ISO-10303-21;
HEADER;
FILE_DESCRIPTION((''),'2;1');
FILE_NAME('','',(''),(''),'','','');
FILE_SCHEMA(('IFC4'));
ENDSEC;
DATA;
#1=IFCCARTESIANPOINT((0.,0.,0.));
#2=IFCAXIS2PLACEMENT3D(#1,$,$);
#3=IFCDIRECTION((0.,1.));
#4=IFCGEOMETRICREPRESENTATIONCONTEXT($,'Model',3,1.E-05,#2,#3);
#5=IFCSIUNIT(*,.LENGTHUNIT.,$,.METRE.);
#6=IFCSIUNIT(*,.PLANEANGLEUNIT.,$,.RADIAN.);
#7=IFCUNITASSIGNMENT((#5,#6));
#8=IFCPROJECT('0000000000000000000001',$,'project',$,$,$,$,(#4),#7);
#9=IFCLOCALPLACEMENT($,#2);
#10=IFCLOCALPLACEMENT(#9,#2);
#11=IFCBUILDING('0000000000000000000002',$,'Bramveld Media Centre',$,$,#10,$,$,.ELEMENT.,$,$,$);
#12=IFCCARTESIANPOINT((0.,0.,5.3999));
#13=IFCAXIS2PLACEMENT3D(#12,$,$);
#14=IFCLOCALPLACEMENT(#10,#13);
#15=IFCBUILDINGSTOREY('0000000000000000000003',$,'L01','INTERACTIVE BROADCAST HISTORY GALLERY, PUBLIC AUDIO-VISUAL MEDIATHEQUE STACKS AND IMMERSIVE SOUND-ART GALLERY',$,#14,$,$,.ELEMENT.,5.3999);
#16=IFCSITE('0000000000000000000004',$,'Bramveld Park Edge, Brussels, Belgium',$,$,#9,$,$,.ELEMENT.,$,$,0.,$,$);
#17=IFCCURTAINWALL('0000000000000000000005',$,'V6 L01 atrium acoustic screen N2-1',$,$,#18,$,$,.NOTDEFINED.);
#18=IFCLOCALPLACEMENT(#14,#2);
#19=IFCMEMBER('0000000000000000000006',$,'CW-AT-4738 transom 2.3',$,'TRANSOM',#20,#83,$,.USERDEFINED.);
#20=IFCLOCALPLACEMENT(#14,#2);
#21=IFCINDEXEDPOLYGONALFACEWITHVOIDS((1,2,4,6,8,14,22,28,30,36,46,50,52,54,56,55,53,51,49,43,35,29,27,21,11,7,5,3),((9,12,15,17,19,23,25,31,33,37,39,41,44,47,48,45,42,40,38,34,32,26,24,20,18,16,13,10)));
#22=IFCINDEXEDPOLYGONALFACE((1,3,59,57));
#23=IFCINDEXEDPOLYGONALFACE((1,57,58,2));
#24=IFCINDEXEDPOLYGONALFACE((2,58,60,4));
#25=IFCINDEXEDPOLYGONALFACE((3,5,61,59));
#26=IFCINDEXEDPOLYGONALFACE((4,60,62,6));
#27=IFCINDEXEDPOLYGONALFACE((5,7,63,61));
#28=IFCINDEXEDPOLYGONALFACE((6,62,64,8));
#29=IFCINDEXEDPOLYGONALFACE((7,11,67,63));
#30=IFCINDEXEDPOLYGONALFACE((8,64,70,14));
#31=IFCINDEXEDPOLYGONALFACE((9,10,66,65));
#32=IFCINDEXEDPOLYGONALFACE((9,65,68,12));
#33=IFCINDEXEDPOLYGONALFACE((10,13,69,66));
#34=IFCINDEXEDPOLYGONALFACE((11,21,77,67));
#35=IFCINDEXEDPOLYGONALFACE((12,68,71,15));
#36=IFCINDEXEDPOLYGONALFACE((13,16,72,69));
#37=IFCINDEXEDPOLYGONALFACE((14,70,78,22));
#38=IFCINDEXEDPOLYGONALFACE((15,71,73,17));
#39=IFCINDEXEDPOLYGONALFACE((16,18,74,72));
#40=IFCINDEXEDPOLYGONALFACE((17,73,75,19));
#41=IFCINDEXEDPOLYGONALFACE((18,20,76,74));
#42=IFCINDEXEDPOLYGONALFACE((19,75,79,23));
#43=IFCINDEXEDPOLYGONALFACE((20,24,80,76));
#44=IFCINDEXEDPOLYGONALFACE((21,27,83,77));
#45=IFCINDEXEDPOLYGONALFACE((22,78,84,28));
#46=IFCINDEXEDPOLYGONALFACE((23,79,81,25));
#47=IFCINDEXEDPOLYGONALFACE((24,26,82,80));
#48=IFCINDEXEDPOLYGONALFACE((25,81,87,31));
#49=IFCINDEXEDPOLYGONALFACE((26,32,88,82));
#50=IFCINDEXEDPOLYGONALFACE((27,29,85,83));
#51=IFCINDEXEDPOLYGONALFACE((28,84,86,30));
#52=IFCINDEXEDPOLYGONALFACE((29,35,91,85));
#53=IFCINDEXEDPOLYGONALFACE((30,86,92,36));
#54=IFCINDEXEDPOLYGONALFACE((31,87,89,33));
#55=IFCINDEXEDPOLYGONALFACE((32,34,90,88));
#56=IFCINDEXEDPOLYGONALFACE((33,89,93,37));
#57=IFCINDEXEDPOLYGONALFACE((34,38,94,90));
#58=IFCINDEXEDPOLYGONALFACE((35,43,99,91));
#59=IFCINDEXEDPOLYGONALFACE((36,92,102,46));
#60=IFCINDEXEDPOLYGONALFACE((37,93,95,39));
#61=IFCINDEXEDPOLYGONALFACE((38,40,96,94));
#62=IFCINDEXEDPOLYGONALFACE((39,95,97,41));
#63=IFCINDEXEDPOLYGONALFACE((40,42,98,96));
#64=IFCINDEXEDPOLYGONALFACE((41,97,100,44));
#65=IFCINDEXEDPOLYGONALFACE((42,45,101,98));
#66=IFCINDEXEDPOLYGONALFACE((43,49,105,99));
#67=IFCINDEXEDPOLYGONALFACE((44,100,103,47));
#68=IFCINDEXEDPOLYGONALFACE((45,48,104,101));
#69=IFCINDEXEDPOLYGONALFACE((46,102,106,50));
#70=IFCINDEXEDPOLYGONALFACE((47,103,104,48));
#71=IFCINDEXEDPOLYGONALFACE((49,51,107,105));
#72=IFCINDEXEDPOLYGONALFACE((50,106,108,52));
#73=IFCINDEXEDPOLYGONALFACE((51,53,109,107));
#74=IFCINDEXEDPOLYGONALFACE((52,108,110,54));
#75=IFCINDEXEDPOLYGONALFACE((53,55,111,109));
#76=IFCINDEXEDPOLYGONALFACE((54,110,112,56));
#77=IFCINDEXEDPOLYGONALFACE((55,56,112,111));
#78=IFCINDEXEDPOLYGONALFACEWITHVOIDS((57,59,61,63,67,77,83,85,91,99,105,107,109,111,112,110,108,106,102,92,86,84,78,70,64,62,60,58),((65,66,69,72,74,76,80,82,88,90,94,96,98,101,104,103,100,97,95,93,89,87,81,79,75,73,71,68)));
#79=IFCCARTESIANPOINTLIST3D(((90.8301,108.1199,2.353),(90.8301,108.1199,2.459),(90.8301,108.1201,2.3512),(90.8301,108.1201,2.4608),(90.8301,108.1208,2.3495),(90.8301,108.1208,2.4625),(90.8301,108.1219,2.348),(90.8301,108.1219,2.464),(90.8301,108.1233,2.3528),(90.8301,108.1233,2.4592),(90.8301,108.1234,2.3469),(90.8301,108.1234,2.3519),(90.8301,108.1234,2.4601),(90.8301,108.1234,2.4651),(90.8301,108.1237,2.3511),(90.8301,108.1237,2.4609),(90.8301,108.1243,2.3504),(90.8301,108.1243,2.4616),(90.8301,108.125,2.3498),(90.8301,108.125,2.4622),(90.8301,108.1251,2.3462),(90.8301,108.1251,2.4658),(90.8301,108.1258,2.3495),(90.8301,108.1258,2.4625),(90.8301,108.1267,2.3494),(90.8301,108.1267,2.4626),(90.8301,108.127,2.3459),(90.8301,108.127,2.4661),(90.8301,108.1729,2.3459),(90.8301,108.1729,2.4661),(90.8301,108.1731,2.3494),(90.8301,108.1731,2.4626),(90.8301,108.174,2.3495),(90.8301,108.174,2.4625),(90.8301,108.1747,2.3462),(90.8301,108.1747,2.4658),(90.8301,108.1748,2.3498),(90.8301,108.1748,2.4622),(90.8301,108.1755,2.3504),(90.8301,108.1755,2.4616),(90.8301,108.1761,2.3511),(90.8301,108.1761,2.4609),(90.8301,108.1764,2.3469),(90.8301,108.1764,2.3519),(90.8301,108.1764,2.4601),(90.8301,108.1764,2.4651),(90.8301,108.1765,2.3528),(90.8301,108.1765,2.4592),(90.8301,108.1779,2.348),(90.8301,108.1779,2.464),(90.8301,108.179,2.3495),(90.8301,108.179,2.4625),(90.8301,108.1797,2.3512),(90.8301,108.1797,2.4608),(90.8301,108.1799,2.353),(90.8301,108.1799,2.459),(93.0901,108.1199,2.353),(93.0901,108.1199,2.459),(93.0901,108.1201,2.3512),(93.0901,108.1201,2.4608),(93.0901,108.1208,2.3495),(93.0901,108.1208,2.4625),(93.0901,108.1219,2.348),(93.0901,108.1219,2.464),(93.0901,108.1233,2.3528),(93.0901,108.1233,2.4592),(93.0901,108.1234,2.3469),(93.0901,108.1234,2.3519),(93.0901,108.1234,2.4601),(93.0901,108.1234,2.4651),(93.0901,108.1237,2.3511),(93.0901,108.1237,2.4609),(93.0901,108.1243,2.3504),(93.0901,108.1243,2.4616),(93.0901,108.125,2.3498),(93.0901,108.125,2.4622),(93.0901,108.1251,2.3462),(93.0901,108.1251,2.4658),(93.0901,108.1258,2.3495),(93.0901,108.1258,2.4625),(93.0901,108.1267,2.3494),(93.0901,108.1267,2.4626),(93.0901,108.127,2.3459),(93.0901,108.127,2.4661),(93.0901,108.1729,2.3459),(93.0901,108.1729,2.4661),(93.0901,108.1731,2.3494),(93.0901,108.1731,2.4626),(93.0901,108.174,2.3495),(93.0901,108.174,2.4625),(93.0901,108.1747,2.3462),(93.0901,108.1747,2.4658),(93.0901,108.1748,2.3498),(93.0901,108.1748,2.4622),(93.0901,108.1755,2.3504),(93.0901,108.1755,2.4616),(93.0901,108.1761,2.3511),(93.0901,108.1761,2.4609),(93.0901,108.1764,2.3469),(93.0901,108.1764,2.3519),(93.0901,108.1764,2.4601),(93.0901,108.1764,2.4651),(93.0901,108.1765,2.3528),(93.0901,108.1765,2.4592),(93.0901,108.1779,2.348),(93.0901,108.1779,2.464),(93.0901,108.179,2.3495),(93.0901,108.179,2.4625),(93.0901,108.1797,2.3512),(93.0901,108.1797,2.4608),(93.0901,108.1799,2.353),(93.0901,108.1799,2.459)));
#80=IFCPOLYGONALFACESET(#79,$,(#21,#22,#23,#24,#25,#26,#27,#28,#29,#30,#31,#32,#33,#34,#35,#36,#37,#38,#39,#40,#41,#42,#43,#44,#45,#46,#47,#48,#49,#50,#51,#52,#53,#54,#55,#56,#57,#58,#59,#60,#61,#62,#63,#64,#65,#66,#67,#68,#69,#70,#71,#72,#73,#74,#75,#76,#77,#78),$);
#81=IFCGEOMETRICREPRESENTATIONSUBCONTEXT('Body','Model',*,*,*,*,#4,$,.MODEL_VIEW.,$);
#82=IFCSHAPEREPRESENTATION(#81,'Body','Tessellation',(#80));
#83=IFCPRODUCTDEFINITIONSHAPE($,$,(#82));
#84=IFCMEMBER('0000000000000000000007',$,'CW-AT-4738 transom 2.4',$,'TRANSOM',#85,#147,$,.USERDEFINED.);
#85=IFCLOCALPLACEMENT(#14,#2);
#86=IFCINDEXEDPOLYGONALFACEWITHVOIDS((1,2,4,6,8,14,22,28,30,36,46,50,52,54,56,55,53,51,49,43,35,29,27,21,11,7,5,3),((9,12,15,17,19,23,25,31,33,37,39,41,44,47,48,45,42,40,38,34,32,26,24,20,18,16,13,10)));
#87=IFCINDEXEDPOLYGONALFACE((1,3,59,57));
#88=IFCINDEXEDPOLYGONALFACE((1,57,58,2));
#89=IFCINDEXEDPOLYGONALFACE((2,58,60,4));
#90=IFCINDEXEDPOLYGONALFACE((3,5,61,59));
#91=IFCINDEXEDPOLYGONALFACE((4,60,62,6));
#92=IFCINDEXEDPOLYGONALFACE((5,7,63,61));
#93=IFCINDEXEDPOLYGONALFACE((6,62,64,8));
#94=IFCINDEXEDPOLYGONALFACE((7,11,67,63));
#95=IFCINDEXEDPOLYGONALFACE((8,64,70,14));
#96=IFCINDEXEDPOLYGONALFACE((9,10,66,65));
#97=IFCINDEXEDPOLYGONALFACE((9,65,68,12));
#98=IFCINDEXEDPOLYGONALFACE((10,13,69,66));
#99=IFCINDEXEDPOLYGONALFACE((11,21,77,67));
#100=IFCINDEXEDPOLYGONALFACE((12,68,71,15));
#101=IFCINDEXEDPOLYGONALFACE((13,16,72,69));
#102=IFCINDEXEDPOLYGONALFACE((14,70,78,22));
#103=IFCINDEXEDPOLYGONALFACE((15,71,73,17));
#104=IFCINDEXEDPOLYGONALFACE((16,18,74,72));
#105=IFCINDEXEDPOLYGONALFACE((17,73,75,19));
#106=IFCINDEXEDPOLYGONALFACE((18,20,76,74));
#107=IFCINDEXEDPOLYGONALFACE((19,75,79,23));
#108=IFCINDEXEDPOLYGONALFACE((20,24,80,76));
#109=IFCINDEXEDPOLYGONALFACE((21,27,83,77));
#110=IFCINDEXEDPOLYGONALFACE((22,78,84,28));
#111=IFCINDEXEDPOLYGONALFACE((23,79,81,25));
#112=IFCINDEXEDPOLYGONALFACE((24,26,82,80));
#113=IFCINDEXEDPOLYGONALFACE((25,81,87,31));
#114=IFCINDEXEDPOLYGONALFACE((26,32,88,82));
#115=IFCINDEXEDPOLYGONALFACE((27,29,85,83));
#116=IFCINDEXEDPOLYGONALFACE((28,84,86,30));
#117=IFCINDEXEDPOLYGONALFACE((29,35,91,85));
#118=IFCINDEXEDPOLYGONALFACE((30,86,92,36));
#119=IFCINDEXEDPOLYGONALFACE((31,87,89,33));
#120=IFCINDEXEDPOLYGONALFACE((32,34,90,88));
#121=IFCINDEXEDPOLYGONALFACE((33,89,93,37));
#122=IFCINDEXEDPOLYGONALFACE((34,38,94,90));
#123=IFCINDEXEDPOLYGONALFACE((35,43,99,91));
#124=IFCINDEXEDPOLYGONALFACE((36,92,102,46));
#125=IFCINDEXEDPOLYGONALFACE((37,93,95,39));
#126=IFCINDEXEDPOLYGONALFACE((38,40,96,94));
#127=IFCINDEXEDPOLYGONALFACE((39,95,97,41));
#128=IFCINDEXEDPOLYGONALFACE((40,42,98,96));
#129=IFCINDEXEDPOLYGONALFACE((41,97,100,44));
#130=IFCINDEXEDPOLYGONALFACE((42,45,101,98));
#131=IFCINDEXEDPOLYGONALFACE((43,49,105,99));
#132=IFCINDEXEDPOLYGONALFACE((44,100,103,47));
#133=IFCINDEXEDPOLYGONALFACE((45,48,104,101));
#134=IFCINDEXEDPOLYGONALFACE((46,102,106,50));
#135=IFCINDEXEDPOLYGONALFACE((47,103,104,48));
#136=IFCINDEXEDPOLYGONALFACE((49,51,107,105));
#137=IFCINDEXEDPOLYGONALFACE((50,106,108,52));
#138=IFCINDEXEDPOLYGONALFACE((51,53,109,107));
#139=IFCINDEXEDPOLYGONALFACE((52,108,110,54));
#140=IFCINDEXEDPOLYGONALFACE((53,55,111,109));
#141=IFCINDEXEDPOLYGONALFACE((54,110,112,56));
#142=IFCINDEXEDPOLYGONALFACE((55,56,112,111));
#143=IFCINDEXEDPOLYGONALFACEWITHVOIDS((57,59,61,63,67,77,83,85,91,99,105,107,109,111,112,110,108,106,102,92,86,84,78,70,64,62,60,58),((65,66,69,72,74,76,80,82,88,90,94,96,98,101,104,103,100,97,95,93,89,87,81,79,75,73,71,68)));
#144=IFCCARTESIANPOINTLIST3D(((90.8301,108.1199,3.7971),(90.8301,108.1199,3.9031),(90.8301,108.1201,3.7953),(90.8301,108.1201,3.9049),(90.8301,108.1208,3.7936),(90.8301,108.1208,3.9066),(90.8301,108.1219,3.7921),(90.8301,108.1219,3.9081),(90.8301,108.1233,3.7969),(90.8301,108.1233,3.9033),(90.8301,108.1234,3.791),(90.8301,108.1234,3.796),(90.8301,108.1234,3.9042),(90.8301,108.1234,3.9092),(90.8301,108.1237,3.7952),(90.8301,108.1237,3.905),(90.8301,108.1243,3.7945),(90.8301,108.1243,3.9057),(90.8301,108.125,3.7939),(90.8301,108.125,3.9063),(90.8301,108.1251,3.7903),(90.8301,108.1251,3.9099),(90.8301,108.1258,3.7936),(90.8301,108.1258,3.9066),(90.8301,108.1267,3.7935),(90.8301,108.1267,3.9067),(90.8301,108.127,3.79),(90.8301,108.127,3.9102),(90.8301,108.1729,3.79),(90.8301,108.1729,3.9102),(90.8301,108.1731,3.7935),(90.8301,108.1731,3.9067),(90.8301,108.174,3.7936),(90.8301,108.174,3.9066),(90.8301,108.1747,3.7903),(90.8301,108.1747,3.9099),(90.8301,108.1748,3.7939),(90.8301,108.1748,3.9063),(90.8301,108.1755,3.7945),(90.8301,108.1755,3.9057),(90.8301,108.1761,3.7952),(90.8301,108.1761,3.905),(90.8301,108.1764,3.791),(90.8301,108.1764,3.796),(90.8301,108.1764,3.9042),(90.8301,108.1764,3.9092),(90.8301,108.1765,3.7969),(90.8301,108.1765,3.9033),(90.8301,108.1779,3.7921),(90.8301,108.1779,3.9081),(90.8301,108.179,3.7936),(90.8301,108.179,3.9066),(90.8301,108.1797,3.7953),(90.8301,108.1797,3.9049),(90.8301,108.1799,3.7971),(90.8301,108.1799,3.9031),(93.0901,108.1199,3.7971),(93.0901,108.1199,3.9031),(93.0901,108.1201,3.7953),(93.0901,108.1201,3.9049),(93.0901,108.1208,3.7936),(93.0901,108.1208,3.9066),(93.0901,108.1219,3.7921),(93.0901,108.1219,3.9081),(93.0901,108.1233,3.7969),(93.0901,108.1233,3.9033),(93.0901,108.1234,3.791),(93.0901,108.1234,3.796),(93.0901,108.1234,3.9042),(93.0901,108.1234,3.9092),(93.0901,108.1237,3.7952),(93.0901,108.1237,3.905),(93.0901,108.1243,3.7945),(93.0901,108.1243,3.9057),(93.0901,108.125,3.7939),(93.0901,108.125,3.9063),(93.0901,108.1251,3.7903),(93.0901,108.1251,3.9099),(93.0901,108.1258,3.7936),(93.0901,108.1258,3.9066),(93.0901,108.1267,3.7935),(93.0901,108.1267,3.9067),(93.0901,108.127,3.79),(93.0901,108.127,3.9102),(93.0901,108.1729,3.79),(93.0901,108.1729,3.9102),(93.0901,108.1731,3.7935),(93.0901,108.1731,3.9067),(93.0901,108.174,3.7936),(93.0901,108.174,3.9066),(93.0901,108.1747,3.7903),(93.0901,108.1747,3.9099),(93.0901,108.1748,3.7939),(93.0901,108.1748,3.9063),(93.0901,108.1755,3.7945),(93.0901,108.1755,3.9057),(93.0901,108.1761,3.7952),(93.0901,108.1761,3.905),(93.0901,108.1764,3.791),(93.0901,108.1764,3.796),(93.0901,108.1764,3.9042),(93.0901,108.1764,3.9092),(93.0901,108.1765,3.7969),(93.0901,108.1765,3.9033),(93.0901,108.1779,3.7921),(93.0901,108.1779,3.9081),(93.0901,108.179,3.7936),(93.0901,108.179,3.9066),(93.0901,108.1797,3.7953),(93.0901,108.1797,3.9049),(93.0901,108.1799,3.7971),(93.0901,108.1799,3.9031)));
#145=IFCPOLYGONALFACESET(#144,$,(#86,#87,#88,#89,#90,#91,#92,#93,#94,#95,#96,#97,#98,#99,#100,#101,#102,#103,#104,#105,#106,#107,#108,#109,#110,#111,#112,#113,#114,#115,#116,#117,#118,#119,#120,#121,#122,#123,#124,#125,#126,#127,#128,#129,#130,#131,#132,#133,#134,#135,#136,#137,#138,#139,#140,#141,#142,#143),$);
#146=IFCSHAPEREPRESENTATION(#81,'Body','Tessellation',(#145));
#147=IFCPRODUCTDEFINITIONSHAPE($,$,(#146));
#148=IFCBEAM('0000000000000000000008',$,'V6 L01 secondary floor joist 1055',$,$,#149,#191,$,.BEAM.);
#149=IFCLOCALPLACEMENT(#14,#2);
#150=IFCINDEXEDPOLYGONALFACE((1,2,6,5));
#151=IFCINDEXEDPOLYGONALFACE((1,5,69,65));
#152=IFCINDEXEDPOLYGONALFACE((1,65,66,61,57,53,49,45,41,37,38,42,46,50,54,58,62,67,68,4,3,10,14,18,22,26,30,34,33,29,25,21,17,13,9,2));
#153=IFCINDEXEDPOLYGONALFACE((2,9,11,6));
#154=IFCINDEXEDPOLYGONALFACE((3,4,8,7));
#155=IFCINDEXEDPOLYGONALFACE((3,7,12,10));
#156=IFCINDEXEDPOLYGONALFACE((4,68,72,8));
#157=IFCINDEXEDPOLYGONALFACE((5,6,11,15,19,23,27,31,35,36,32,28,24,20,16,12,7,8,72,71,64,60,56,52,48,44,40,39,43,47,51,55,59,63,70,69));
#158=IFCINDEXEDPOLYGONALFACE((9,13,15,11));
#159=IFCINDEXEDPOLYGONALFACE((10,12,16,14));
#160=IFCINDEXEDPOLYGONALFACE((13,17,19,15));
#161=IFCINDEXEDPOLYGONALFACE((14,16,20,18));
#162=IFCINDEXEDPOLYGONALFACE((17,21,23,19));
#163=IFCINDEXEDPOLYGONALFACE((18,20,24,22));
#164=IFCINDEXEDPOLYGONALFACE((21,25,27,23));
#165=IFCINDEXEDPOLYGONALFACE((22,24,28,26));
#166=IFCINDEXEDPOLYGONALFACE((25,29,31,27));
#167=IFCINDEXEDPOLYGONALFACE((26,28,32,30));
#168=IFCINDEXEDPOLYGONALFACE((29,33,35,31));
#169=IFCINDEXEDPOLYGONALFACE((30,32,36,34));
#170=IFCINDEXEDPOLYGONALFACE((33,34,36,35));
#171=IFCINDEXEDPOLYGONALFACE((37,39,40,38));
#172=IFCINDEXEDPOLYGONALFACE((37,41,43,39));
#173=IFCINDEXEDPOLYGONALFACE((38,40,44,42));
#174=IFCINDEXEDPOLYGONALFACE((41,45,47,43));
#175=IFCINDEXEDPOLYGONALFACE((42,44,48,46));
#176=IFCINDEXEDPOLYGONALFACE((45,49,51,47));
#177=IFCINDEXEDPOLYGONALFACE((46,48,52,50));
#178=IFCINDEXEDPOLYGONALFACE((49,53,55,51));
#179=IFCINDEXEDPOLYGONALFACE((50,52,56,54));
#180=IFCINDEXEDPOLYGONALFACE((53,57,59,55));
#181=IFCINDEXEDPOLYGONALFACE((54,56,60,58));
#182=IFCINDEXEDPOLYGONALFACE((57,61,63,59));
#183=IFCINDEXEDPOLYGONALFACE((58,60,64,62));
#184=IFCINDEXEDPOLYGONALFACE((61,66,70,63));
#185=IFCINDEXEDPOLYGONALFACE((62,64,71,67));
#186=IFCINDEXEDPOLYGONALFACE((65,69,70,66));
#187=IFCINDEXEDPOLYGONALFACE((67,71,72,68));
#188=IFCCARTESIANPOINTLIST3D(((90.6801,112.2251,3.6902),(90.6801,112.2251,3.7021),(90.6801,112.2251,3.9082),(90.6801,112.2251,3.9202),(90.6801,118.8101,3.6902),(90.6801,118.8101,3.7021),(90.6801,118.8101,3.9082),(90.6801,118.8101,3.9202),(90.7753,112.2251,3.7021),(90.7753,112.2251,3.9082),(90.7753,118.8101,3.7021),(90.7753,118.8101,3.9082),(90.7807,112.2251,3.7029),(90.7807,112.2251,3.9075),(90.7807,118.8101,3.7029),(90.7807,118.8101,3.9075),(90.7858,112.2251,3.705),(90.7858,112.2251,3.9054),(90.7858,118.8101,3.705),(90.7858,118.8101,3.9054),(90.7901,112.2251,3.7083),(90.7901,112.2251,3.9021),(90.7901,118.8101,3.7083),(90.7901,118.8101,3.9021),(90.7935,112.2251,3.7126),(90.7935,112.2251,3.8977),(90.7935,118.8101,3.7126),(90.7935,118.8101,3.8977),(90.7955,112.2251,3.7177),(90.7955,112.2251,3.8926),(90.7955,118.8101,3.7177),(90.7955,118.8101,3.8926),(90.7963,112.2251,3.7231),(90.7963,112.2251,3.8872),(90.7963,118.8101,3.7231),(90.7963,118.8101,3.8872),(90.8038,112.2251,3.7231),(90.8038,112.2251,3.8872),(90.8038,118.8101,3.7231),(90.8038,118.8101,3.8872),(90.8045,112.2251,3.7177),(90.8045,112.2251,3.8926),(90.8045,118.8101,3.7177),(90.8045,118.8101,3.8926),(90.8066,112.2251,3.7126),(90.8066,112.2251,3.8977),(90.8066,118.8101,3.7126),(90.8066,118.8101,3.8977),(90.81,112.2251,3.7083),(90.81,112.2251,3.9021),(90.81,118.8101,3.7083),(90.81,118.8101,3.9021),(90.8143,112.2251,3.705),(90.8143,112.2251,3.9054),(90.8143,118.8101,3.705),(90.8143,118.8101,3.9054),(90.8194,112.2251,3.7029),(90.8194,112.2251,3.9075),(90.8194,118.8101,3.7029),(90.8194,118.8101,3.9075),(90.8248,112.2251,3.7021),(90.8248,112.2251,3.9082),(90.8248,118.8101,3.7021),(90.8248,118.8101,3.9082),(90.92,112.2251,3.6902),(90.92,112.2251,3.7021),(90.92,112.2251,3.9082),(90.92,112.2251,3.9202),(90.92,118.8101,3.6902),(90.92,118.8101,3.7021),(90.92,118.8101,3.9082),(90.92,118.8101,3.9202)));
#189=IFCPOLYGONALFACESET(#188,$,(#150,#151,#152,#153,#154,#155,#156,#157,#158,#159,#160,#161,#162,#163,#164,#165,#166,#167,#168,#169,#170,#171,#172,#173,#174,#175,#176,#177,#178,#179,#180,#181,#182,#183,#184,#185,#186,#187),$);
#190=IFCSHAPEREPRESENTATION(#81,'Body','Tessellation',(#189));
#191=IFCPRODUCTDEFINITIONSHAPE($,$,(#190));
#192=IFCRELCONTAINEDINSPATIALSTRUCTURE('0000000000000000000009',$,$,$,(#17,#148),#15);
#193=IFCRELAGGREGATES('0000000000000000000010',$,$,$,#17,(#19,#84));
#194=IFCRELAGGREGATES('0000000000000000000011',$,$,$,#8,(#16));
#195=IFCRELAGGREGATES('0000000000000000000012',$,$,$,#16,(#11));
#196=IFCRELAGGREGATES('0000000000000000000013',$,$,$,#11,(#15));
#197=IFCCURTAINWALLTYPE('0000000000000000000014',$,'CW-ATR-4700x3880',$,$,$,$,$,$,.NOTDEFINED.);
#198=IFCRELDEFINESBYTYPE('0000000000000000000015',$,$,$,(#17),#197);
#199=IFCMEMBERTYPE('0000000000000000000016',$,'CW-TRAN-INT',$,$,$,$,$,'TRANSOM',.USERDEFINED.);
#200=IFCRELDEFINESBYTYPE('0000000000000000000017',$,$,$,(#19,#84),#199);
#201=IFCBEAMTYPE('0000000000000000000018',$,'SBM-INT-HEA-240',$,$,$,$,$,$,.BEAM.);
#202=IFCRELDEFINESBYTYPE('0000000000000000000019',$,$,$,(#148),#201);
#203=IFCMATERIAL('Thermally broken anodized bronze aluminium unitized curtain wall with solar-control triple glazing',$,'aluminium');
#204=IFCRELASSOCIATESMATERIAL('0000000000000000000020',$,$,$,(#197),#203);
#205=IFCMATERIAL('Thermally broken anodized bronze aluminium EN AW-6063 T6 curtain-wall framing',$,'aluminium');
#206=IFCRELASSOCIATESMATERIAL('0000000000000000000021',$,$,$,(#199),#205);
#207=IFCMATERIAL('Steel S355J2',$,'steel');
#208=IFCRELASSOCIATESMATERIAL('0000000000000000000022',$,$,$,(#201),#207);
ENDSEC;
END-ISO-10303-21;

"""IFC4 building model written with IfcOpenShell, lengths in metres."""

from ifc_helpers import new_model, si_unit, direction, frame, origin, origin_2d, place, context, subcontext, project, spatial, hollow_rectangle, i_section, extrude, material, material_profile, profile_set, type_object, element, aggregate, save


model = new_model("IFC4")

# Units and contexts
model_context = context("Model", 3, precision=1e-05, world=origin(), true_north=direction((0.0, 1.0)))
body_context = subcontext(model_context, "Body", "Model", "MODEL_VIEW")
ifc_project = project(units=[si_unit("LENGTHUNIT", "METRE"), si_unit("PLANEANGLEUNIT", "RADIAN")], contexts=[model_context])

# Site, building, storey
site_placement = place(None, origin())
site = spatial("IfcSite", under=ifc_project, at=site_placement, Name="Bramveld Park Edge, Brussels, Belgium", CompositionType="ELEMENT", RefElevation=0.0)
building_placement = place(site_placement, origin())
building = spatial("IfcBuilding", under=site, at=building_placement, Name="Bramveld Media Centre", CompositionType="ELEMENT")
storey_placement = place(building_placement, frame((0.0, 0.0, 5.3999)))
storey = spatial("IfcBuildingStorey", under=building, at=storey_placement, Name="L01", Description="INTERACTIVE BROADCAST HISTORY GALLERY, PUBLIC AUDIO-VISUAL MEDIATHEQUE STACKS AND IMMERSIVE SOUND-ART GALLERY", CompositionType="ELEMENT", Elevation=5.3999)

# Curtain wall, members
ifc_material_1 = material(Name="Thermally broken anodized bronze aluminium unitized curtain wall with solar-control triple glazing", Category="aluminium")
curtain_wall_type = type_object("IfcCurtainWallType", Name="CW-ATR-4700x3880", PredefinedType="NOTDEFINED", material=ifc_material_1)
curtain_wall_placement = place(storey_placement, origin())
curtain_wall = element("IfcCurtainWall", 1, at=curtain_wall_placement, inside=storey, type_object=curtain_wall_type, Name="V6 L01 atrium acoustic screen N2-1", PredefinedType="NOTDEFINED")
ifc_material_2 = material(Name="Thermally broken anodized bronze aluminium EN AW-6063 T6 curtain-wall framing", Category="aluminium")
ifc_material_profile_1 = material_profile(ifc_material_2, hollow_rectangle(XDim=0.0601, YDim=0.1201, WallThickness=0.0034, InnerFilletRadius=0.0034, OuterFilletRadius=0.0071, at=origin_2d()), Name="AL-TRAN 60x120")
ifc_profile_set_1 = profile_set([ifc_material_profile_1], Name="Thermally broken anodized bronze aluminium EN AW-6063 T6 curtain-wall framing")
member_type_1 = type_object("IfcMemberType", Name="CW-TRAN-INT", ElementType="TRANSOM", PredefinedType="USERDEFINED", material=ifc_profile_set_1)
member_1_placement = place(storey_placement, frame((90.8301, 108.1499, 2.406), z_axis=(1.0, 0.0, 0.0), x_axis=(0.0, 1.0, 0.0)))
member_1 = element("IfcMember", 2, at=member_1_placement, type_object=member_type_1, Name="CW-AT-4738 transom 2.3", ObjectType="TRANSOM", PredefinedType="USERDEFINED", context=body_context, shape_type="SweptSolid", body=[
    extrude(hollow_rectangle(XDim=0.0601, YDim=0.1201, WallThickness=0.0034, InnerFilletRadius=0.0034, OuterFilletRadius=0.0071, at=origin_2d()), origin(), (0.0, 0.0, 1.0), 2.26),
])
member_2_placement = place(storey_placement, frame((90.8301, 108.1499, 3.8501), z_axis=(1.0, 0.0, 0.0), x_axis=(0.0, 1.0, 0.0)))
member_2 = element("IfcMember", 3, at=member_2_placement, type_object=member_type_1, Name="CW-AT-4738 transom 2.4", ObjectType="TRANSOM", PredefinedType="USERDEFINED", context=body_context, shape_type="SweptSolid", body=[
    extrude(hollow_rectangle(XDim=0.0601, YDim=0.1201, WallThickness=0.0034, InnerFilletRadius=0.0034, OuterFilletRadius=0.0071, at=origin_2d()), origin(), (0.0, 0.0, 1.0), 2.26),
])

# Beam
ifc_material_3 = material(Name="Steel S355J2", Category="steel")
ifc_material_profile_2 = material_profile(ifc_material_3, i_section(OverallWidth=0.24, OverallDepth=0.23, WebThickness=0.0076, FlangeThickness=0.012, FilletRadius=0.021, at=origin_2d()), Name="HEA 240")
ifc_profile_set_2 = profile_set([ifc_material_profile_2], Name="Steel S355J2")
beam_type_1 = type_object("IfcBeamType", Name="SBM-INT-HEA-240", PredefinedType="BEAM", material=ifc_profile_set_2)
beam_1_placement = place(storey_placement, frame((90.8, 112.2251, 3.8052), z_axis=(0.0, 1.0, 0.0), x_axis=(-1.0, 0.0, 0.0)))
element("IfcBeam", 4, at=beam_1_placement, inside=storey, type_object=beam_type_1, Name="V6 L01 secondary floor joist 1055", PredefinedType="BEAM", context=body_context, shape_type="SweptSolid", body=[
    extrude(i_section(OverallWidth=0.24, OverallDepth=0.23, WebThickness=0.0076, FlangeThickness=0.012, FilletRadius=0.021, at=origin_2d()), origin(), (0.0, 0.0, 1.0), 6.585),
])

aggregate(curtain_wall, [member_1, member_2])

save(model, "model.ifc")
